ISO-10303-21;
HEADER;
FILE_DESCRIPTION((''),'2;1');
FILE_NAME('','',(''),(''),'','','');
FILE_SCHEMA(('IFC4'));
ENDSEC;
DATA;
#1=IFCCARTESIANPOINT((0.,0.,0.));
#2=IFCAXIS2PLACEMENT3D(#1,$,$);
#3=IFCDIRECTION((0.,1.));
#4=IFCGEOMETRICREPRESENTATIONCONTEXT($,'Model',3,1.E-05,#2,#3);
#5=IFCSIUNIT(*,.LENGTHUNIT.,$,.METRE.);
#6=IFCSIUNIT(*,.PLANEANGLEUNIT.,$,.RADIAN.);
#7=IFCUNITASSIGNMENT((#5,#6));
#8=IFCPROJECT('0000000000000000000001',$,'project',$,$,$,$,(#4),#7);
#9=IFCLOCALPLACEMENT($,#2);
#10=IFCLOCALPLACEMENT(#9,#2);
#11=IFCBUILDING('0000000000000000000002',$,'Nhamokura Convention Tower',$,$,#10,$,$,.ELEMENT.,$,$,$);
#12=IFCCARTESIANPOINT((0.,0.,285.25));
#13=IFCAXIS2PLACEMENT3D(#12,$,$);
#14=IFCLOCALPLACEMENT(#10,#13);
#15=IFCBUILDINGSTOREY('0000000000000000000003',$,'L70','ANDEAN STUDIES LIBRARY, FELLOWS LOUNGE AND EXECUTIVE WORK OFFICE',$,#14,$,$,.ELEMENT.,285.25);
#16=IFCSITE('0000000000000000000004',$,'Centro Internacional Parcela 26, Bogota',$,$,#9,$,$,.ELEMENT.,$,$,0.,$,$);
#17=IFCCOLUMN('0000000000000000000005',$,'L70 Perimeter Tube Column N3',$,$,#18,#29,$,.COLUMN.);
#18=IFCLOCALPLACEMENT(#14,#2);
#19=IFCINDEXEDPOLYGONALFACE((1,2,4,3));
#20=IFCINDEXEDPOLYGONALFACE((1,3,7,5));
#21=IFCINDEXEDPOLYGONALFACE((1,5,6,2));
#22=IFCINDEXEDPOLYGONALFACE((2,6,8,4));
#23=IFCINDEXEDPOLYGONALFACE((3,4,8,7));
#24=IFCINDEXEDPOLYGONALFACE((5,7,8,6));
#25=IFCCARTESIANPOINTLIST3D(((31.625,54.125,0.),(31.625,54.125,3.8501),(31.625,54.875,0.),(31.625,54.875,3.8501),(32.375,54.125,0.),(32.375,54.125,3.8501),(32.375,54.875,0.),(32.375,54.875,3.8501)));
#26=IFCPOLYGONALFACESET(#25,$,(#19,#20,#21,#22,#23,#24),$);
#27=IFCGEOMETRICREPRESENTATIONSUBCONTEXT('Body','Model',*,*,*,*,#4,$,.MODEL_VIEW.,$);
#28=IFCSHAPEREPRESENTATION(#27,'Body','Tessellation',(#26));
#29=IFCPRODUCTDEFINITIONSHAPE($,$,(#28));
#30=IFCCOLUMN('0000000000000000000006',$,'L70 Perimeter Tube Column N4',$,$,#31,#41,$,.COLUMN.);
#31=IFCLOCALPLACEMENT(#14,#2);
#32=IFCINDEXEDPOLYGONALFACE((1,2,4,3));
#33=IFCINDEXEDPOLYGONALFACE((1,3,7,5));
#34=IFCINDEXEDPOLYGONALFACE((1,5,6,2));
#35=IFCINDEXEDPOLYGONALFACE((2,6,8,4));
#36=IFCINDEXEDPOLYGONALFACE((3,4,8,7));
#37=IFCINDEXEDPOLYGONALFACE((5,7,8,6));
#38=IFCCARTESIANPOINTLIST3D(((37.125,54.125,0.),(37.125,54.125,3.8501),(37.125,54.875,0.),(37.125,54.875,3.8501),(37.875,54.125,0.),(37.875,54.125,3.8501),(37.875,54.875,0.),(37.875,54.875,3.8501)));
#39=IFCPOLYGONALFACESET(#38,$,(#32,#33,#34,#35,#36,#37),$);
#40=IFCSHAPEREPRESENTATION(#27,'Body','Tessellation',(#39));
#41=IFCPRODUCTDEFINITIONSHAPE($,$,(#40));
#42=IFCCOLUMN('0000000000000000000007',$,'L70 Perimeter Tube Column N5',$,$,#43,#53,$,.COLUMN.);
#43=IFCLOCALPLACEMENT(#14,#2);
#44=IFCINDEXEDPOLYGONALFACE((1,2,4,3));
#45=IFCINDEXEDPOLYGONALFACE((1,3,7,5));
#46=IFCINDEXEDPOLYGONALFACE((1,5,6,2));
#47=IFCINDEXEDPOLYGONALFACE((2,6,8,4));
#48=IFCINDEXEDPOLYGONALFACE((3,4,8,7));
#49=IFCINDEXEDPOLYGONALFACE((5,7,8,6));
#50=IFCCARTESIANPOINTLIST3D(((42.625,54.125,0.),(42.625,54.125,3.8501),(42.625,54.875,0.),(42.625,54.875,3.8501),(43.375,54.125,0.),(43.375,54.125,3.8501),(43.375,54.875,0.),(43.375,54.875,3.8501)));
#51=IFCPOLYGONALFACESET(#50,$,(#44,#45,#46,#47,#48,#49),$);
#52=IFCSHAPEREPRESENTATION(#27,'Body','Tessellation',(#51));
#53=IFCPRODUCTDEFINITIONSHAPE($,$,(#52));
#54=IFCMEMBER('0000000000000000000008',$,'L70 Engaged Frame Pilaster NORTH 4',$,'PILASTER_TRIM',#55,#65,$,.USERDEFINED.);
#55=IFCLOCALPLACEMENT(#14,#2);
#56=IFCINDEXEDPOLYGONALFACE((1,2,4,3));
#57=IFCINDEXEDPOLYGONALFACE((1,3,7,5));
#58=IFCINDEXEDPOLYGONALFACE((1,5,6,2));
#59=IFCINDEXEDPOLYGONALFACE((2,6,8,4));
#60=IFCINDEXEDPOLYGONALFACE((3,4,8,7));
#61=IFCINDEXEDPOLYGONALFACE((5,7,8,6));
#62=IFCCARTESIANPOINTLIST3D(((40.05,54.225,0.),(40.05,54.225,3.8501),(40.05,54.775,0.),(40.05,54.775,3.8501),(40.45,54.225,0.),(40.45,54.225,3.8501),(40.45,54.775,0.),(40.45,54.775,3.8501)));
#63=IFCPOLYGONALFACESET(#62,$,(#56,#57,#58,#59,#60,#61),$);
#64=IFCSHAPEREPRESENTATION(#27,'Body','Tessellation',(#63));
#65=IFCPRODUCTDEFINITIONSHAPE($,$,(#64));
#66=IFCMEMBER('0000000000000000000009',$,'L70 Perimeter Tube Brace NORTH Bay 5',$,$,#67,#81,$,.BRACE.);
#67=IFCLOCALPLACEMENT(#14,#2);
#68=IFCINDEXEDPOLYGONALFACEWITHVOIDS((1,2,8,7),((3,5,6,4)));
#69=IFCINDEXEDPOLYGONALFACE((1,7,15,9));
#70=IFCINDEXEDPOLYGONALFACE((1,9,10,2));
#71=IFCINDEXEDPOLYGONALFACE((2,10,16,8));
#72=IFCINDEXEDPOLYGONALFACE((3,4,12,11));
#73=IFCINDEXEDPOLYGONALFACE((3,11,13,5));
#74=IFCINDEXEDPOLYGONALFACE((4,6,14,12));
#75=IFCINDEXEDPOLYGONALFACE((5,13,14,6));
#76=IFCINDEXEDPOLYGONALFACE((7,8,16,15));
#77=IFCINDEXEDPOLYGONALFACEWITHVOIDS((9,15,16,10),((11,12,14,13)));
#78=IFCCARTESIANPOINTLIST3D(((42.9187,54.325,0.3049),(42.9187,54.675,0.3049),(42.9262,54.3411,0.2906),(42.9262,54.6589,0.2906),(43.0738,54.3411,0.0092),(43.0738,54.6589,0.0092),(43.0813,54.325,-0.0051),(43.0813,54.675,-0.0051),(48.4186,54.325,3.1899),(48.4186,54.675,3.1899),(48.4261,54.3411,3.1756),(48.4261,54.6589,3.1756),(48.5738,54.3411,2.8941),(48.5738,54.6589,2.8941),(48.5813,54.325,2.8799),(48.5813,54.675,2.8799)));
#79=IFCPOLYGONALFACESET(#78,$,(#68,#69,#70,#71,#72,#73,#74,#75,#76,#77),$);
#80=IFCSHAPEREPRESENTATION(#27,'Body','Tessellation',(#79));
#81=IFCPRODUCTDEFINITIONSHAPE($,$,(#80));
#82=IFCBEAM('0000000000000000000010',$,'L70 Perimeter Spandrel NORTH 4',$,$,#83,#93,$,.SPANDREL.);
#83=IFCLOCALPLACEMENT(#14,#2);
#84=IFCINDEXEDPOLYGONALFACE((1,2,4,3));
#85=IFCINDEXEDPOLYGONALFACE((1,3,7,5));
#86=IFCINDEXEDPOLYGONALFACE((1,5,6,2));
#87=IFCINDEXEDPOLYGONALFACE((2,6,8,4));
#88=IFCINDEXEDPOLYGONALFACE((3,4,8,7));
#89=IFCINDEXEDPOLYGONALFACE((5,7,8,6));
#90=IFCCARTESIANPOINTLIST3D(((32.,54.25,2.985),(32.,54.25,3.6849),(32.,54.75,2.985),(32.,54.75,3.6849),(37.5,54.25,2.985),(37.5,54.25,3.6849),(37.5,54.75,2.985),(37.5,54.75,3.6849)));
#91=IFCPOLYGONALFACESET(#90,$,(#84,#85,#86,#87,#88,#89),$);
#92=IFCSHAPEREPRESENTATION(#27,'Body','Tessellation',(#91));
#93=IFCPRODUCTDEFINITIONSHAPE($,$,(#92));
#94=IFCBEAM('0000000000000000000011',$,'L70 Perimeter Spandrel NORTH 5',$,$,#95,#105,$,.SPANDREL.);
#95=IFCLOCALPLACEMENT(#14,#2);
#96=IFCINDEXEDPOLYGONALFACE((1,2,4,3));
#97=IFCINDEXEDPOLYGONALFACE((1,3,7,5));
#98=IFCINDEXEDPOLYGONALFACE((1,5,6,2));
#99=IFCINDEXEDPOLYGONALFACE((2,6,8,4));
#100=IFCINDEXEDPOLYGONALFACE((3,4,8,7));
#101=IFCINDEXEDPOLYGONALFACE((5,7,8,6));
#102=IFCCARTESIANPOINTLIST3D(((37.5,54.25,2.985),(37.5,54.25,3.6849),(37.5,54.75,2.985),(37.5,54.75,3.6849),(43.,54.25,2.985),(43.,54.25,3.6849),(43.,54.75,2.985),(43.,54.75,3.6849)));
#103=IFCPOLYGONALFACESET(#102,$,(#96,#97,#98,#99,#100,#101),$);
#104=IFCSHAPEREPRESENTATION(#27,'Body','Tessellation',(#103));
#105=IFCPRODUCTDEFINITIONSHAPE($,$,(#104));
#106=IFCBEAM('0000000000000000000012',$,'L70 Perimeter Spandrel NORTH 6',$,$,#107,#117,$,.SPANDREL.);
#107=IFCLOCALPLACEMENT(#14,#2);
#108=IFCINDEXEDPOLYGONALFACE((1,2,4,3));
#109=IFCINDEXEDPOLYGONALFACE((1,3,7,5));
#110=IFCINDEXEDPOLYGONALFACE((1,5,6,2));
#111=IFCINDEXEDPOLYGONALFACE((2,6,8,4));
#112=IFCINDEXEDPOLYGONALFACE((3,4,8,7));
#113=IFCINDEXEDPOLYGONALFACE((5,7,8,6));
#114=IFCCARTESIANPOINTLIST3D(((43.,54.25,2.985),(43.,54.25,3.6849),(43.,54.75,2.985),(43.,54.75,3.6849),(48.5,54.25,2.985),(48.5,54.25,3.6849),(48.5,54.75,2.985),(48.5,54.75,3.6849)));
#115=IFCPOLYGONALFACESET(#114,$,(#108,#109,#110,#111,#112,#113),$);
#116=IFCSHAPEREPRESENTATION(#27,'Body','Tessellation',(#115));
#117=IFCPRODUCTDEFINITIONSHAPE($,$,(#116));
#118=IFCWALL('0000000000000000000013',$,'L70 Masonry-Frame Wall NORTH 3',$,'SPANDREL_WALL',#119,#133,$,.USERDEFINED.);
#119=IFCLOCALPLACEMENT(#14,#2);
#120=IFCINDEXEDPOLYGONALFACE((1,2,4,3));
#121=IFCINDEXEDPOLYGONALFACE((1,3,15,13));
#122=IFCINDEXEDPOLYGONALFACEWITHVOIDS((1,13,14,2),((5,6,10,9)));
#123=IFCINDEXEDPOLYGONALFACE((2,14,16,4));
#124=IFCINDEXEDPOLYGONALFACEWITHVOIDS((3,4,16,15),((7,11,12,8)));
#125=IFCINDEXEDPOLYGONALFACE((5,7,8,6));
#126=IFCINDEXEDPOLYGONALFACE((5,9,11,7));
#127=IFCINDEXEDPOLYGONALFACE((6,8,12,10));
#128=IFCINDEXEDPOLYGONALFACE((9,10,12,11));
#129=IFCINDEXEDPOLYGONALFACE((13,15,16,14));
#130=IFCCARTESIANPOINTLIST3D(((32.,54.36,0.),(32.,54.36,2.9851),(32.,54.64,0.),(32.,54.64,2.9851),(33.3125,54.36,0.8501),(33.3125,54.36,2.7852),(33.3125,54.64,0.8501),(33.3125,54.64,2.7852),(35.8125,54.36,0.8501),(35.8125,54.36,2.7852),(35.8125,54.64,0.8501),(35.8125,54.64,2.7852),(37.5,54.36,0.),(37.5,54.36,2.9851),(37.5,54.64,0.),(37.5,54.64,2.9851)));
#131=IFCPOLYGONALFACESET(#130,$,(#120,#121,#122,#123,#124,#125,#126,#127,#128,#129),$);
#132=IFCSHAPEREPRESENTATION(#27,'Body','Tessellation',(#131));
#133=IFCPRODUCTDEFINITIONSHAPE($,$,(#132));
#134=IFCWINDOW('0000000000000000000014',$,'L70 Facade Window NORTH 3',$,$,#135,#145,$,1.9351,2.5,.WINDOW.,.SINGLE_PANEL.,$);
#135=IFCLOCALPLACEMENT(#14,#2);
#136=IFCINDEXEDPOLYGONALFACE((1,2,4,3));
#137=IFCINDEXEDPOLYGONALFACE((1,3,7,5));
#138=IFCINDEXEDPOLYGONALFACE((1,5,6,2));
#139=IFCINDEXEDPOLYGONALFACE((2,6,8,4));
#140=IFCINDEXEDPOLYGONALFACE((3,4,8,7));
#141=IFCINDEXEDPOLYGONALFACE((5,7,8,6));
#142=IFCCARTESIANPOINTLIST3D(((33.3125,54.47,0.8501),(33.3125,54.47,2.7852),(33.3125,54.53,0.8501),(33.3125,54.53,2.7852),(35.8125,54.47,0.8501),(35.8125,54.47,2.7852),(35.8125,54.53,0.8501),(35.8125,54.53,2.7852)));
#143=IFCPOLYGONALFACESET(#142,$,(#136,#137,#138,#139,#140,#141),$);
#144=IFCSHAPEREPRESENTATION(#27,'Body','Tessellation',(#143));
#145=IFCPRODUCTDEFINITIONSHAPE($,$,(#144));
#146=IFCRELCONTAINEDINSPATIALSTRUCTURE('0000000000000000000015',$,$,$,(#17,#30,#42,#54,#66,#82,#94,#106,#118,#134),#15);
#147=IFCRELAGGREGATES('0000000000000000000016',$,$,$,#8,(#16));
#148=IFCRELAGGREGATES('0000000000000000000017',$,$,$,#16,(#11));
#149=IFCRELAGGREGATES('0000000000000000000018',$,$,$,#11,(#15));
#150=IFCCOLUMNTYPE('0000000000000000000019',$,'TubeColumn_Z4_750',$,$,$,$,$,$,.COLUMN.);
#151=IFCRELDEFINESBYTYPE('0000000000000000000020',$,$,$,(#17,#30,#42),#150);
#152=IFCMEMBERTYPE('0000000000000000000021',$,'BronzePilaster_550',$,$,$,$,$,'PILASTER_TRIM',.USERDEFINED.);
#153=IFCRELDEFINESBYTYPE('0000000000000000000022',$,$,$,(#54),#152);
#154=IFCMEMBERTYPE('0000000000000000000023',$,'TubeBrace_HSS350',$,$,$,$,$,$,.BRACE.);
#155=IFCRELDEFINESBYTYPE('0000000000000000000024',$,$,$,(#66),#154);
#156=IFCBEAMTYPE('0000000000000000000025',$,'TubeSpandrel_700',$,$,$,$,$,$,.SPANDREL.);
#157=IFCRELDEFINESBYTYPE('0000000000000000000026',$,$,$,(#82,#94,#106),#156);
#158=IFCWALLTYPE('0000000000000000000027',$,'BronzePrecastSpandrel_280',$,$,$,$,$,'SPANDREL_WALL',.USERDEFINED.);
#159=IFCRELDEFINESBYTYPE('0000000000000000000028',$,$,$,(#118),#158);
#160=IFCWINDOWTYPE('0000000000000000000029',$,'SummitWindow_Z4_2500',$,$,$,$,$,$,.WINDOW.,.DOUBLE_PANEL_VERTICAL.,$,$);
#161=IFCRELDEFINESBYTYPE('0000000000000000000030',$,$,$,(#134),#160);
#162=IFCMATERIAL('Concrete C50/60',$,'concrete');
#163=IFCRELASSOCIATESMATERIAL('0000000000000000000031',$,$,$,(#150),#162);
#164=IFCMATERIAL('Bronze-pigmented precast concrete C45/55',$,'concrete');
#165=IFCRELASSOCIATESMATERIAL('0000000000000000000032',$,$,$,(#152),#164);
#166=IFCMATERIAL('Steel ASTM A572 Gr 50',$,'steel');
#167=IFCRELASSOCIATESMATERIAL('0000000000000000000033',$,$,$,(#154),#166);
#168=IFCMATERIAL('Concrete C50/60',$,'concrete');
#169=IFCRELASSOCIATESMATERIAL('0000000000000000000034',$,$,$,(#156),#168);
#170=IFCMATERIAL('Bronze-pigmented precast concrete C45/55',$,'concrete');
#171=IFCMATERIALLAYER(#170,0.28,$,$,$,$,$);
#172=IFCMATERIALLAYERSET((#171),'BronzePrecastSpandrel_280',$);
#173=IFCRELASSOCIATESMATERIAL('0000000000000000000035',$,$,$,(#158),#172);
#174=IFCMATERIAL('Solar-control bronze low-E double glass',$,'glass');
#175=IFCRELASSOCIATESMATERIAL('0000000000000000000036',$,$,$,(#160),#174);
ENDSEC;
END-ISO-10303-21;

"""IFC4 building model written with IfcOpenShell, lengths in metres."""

from ifc_helpers import new_model, si_unit, direction, frame, frame_2d, origin, origin_2d, place, context, subcontext, project, spatial, rectangle, hollow_rectangle, extrude, material, layer, layer_set, material_profile, profile_set, type_object, element, fill, save


model = new_model("IFC4")

# Units and contexts
model_context = context("Model", 3, precision=1e-05, world=origin(), true_north=direction((0.0, 1.0)))
body_context = subcontext(model_context, "Body", "Model", "MODEL_VIEW")
ifc_project = project(units=[si_unit("LENGTHUNIT", "METRE"), si_unit("PLANEANGLEUNIT", "RADIAN")], contexts=[model_context])

# Site, building, storey
site_placement = place(None, origin())
site = spatial("IfcSite", under=ifc_project, at=site_placement, Name="Centro Internacional Parcela 26, Bogota", CompositionType="ELEMENT", RefElevation=0.0)
building_placement = place(site_placement, origin())
building = spatial("IfcBuilding", under=site, at=building_placement, Name="Nhamokura Convention Tower", CompositionType="ELEMENT")
storey_placement = place(building_placement, frame((0.0, 0.0, 285.25)))
storey = spatial("IfcBuildingStorey", under=building, at=storey_placement, Name="L70", Description="ANDEAN STUDIES LIBRARY, FELLOWS LOUNGE AND EXECUTIVE WORK OFFICE", CompositionType="ELEMENT", Elevation=285.25)

# Columns
ifc_material_1 = material(Name="Concrete C50/60", Category="concrete")
ifc_material_profile_1 = material_profile(ifc_material_1, rectangle(XDim=0.75, YDim=0.75, at=origin_2d()))
ifc_profile_set_1 = profile_set([ifc_material_profile_1], Name="Concrete C50/60")
column_type = type_object("IfcColumnType", Name="TubeColumn_Z4_750", PredefinedType="COLUMN", material=ifc_profile_set_1)
for number, where, z_axis, x_axis, name in (
    (1, (32.0, 54.5, 0.0), (0.0, 0.0, 1.0), (1.0, 0.0, 0.0), "L70 Perimeter Tube Column N3"),
    (2, (37.5, 54.5, 0.0), (0.0, 0.0, 1.0), (1.0, 0.0, 0.0), "L70 Perimeter Tube Column N4"),
    (3, (43.0, 54.5, 0.0), (0.0, 0.0, 1.0), (1.0, 0.0, 0.0), "L70 Perimeter Tube Column N5"),
):
    element("IfcColumn", number, at=place(storey_placement, frame(where, z_axis=z_axis, x_axis=x_axis)), inside=storey, type_object=column_type, Name=name, PredefinedType="COLUMN", context=body_context, shape_type="SweptSolid", body=[
        extrude(rectangle(XDim=0.75, YDim=0.75, at=origin_2d()), origin(), (0.0, 0.0, 1.0), 3.8501),
    ])

# Members
ifc_material_2 = material(Name="Bronze-pigmented precast concrete C45/55", Category="concrete")
ifc_material_profile_2 = material_profile(ifc_material_2, rectangle(XDim=0.3999, YDim=0.55, at=origin_2d()))
ifc_profile_set_2 = profile_set([ifc_material_profile_2], Name="Bronze-pigmented precast concrete C45/55")
member_type_1 = type_object("IfcMemberType", Name="BronzePilaster_550", ElementType="PILASTER_TRIM", PredefinedType="USERDEFINED", material=ifc_profile_set_2)
member_1_placement = place(storey_placement, frame((40.25, 54.5, 0.0), z_axis=(0.0, 0.0, 1.0), x_axis=(1.0, 0.0, 0.0)))
element("IfcMember", 4, at=member_1_placement, inside=storey, type_object=member_type_1, Name="L70 Engaged Frame Pilaster NORTH 4", ObjectType="PILASTER_TRIM", PredefinedType="USERDEFINED", context=body_context, shape_type="SweptSolid", body=[
    extrude(rectangle(XDim=0.3999, YDim=0.55, at=origin_2d()), origin(), (0.0, 0.0, 1.0), 3.8501),
])
ifc_material_3 = material(Name="Steel ASTM A572 Gr 50", Category="steel")
ifc_material_profile_3 = material_profile(ifc_material_3, hollow_rectangle(XDim=0.3501, YDim=0.3501, WallThickness=0.0161, at=origin_2d()))
ifc_profile_set_3 = profile_set([ifc_material_profile_3], Name="Steel ASTM A572 Gr 50")
member_type_2 = type_object("IfcMemberType", Name="TubeBrace_HSS350", PredefinedType="BRACE", material=ifc_profile_set_3)
member_2_placement = place(storey_placement, frame((43.0, 54.5, 0.1499), z_axis=(0.885563, 0.0, 0.46452), x_axis=(0.0, 1.0, 0.0)))
element("IfcMember", 5, at=member_2_placement, inside=storey, type_object=member_type_2, Name="L70 Perimeter Tube Brace NORTH Bay 5", PredefinedType="BRACE", context=body_context, shape_type="SweptSolid", body=[
    extrude(hollow_rectangle(XDim=0.3501, YDim=0.3501, WallThickness=0.0161, at=origin_2d()), origin(), (0.0, 0.0, 1.0), 6.2107),
])

# Beams
ifc_material_4 = material(Name="Concrete C50/60", Category="concrete")
ifc_material_profile_4 = material_profile(ifc_material_4, rectangle(XDim=0.5, YDim=0.7, at=origin_2d()))
ifc_profile_set_4 = profile_set([ifc_material_profile_4], Name="Concrete C50/60")
beam_type = type_object("IfcBeamType", Name="TubeSpandrel_700", PredefinedType="SPANDREL", material=ifc_profile_set_4)
for number, where, z_axis, x_axis, name in (
    (6, (32.0, 54.5, 3.335), (1.0, 0.0, 0.0), (0.0, 1.0, 0.0), "L70 Perimeter Spandrel NORTH 4"),
    (7, (37.5, 54.5, 3.335), (1.0, 0.0, 0.0), (0.0, 1.0, 0.0), "L70 Perimeter Spandrel NORTH 5"),
    (8, (43.0, 54.5, 3.335), (1.0, 0.0, 0.0), (0.0, 1.0, 0.0), "L70 Perimeter Spandrel NORTH 6"),
):
    element("IfcBeam", number, at=place(storey_placement, frame(where, z_axis=z_axis, x_axis=x_axis)), inside=storey, type_object=beam_type, Name=name, PredefinedType="SPANDREL", context=body_context, shape_type="SweptSolid", body=[
        extrude(rectangle(XDim=0.5, YDim=0.7, at=origin_2d()), origin(), (0.0, 0.0, 1.0), 5.5),
    ])

# Wall, opening, window
ifc_material_5 = material(Name="Bronze-pigmented precast concrete C45/55", Category="concrete")
ifc_layer_1 = layer(ifc_material_5, 0.28)
ifc_layer_set_1 = layer_set([ifc_layer_1], Name="BronzePrecastSpandrel_280")
wall_type_1 = type_object("IfcWallType", Name="BronzePrecastSpandrel_280", ElementType="SPANDREL_WALL", PredefinedType="USERDEFINED", material=ifc_layer_set_1)
wall_1_placement = place(storey_placement, frame((32.0, 54.5, 0.0), z_axis=(0.0, 0.0, 1.0), x_axis=(1.0, 0.0, 0.0)))
wall_1 = element("IfcWall", 9, at=wall_1_placement, inside=storey, type_object=wall_type_1, Name="L70 Masonry-Frame Wall NORTH 3", ObjectType="SPANDREL_WALL", PredefinedType="USERDEFINED", context=body_context, shape_type="SweptSolid", body=[
    extrude(rectangle(XDim=5.5, YDim=0.28, at=frame_2d((2.75, 0.0))), origin(), (0.0, 0.0, 1.0), 2.9851),
])
opening_1_placement = place(wall_1_placement, frame((1.3125, 0.0, 0.8501)))
opening_1 = element("IfcOpeningElement", 10, at=opening_1_placement, cuts=wall_1, PredefinedType="OPENING", context=body_context, shape_type="SweptSolid", body=[
    extrude(rectangle(XDim=2.5, YDim=1.9351, at=frame_2d((1.25, 0.9675))), frame((0.0, 0.1499, 0.0), z_axis=(0.0, -1.0, 0.0), x_axis=(1.0, 0.0, 0.0)), (0.0, 0.0, 1.0), 0.3),
])
ifc_material_6 = material(Name="Solar-control bronze low-E double glass", Category="glass")
window_type_1 = type_object("IfcWindowType", Name="SummitWindow_Z4_2500", PartitioningType="DOUBLE_PANEL_VERTICAL", PredefinedType="WINDOW", material=ifc_material_6)
window_1_placement = place(opening_1_placement, origin())
window_1 = element("IfcWindow", 11, at=window_1_placement, inside=storey, type_object=window_type_1, Name="L70 Facade Window NORTH 3", OverallHeight=1.9351, OverallWidth=2.5, PartitioningType="SINGLE_PANEL", PredefinedType="WINDOW", context=body_context, shape_type="SweptSolid", body=[
    extrude(rectangle(XDim=2.5, YDim=1.9351, at=frame_2d((1.25, 0.9675))), frame((0.0, 0.03, 0.0), z_axis=(0.0, -1.0, 0.0), x_axis=(1.0, 0.0, 0.0)), (0.0, 0.0, 1.0), 0.0601),
])
fill(opening_1, window_1)

save(model, "model.ifc")
